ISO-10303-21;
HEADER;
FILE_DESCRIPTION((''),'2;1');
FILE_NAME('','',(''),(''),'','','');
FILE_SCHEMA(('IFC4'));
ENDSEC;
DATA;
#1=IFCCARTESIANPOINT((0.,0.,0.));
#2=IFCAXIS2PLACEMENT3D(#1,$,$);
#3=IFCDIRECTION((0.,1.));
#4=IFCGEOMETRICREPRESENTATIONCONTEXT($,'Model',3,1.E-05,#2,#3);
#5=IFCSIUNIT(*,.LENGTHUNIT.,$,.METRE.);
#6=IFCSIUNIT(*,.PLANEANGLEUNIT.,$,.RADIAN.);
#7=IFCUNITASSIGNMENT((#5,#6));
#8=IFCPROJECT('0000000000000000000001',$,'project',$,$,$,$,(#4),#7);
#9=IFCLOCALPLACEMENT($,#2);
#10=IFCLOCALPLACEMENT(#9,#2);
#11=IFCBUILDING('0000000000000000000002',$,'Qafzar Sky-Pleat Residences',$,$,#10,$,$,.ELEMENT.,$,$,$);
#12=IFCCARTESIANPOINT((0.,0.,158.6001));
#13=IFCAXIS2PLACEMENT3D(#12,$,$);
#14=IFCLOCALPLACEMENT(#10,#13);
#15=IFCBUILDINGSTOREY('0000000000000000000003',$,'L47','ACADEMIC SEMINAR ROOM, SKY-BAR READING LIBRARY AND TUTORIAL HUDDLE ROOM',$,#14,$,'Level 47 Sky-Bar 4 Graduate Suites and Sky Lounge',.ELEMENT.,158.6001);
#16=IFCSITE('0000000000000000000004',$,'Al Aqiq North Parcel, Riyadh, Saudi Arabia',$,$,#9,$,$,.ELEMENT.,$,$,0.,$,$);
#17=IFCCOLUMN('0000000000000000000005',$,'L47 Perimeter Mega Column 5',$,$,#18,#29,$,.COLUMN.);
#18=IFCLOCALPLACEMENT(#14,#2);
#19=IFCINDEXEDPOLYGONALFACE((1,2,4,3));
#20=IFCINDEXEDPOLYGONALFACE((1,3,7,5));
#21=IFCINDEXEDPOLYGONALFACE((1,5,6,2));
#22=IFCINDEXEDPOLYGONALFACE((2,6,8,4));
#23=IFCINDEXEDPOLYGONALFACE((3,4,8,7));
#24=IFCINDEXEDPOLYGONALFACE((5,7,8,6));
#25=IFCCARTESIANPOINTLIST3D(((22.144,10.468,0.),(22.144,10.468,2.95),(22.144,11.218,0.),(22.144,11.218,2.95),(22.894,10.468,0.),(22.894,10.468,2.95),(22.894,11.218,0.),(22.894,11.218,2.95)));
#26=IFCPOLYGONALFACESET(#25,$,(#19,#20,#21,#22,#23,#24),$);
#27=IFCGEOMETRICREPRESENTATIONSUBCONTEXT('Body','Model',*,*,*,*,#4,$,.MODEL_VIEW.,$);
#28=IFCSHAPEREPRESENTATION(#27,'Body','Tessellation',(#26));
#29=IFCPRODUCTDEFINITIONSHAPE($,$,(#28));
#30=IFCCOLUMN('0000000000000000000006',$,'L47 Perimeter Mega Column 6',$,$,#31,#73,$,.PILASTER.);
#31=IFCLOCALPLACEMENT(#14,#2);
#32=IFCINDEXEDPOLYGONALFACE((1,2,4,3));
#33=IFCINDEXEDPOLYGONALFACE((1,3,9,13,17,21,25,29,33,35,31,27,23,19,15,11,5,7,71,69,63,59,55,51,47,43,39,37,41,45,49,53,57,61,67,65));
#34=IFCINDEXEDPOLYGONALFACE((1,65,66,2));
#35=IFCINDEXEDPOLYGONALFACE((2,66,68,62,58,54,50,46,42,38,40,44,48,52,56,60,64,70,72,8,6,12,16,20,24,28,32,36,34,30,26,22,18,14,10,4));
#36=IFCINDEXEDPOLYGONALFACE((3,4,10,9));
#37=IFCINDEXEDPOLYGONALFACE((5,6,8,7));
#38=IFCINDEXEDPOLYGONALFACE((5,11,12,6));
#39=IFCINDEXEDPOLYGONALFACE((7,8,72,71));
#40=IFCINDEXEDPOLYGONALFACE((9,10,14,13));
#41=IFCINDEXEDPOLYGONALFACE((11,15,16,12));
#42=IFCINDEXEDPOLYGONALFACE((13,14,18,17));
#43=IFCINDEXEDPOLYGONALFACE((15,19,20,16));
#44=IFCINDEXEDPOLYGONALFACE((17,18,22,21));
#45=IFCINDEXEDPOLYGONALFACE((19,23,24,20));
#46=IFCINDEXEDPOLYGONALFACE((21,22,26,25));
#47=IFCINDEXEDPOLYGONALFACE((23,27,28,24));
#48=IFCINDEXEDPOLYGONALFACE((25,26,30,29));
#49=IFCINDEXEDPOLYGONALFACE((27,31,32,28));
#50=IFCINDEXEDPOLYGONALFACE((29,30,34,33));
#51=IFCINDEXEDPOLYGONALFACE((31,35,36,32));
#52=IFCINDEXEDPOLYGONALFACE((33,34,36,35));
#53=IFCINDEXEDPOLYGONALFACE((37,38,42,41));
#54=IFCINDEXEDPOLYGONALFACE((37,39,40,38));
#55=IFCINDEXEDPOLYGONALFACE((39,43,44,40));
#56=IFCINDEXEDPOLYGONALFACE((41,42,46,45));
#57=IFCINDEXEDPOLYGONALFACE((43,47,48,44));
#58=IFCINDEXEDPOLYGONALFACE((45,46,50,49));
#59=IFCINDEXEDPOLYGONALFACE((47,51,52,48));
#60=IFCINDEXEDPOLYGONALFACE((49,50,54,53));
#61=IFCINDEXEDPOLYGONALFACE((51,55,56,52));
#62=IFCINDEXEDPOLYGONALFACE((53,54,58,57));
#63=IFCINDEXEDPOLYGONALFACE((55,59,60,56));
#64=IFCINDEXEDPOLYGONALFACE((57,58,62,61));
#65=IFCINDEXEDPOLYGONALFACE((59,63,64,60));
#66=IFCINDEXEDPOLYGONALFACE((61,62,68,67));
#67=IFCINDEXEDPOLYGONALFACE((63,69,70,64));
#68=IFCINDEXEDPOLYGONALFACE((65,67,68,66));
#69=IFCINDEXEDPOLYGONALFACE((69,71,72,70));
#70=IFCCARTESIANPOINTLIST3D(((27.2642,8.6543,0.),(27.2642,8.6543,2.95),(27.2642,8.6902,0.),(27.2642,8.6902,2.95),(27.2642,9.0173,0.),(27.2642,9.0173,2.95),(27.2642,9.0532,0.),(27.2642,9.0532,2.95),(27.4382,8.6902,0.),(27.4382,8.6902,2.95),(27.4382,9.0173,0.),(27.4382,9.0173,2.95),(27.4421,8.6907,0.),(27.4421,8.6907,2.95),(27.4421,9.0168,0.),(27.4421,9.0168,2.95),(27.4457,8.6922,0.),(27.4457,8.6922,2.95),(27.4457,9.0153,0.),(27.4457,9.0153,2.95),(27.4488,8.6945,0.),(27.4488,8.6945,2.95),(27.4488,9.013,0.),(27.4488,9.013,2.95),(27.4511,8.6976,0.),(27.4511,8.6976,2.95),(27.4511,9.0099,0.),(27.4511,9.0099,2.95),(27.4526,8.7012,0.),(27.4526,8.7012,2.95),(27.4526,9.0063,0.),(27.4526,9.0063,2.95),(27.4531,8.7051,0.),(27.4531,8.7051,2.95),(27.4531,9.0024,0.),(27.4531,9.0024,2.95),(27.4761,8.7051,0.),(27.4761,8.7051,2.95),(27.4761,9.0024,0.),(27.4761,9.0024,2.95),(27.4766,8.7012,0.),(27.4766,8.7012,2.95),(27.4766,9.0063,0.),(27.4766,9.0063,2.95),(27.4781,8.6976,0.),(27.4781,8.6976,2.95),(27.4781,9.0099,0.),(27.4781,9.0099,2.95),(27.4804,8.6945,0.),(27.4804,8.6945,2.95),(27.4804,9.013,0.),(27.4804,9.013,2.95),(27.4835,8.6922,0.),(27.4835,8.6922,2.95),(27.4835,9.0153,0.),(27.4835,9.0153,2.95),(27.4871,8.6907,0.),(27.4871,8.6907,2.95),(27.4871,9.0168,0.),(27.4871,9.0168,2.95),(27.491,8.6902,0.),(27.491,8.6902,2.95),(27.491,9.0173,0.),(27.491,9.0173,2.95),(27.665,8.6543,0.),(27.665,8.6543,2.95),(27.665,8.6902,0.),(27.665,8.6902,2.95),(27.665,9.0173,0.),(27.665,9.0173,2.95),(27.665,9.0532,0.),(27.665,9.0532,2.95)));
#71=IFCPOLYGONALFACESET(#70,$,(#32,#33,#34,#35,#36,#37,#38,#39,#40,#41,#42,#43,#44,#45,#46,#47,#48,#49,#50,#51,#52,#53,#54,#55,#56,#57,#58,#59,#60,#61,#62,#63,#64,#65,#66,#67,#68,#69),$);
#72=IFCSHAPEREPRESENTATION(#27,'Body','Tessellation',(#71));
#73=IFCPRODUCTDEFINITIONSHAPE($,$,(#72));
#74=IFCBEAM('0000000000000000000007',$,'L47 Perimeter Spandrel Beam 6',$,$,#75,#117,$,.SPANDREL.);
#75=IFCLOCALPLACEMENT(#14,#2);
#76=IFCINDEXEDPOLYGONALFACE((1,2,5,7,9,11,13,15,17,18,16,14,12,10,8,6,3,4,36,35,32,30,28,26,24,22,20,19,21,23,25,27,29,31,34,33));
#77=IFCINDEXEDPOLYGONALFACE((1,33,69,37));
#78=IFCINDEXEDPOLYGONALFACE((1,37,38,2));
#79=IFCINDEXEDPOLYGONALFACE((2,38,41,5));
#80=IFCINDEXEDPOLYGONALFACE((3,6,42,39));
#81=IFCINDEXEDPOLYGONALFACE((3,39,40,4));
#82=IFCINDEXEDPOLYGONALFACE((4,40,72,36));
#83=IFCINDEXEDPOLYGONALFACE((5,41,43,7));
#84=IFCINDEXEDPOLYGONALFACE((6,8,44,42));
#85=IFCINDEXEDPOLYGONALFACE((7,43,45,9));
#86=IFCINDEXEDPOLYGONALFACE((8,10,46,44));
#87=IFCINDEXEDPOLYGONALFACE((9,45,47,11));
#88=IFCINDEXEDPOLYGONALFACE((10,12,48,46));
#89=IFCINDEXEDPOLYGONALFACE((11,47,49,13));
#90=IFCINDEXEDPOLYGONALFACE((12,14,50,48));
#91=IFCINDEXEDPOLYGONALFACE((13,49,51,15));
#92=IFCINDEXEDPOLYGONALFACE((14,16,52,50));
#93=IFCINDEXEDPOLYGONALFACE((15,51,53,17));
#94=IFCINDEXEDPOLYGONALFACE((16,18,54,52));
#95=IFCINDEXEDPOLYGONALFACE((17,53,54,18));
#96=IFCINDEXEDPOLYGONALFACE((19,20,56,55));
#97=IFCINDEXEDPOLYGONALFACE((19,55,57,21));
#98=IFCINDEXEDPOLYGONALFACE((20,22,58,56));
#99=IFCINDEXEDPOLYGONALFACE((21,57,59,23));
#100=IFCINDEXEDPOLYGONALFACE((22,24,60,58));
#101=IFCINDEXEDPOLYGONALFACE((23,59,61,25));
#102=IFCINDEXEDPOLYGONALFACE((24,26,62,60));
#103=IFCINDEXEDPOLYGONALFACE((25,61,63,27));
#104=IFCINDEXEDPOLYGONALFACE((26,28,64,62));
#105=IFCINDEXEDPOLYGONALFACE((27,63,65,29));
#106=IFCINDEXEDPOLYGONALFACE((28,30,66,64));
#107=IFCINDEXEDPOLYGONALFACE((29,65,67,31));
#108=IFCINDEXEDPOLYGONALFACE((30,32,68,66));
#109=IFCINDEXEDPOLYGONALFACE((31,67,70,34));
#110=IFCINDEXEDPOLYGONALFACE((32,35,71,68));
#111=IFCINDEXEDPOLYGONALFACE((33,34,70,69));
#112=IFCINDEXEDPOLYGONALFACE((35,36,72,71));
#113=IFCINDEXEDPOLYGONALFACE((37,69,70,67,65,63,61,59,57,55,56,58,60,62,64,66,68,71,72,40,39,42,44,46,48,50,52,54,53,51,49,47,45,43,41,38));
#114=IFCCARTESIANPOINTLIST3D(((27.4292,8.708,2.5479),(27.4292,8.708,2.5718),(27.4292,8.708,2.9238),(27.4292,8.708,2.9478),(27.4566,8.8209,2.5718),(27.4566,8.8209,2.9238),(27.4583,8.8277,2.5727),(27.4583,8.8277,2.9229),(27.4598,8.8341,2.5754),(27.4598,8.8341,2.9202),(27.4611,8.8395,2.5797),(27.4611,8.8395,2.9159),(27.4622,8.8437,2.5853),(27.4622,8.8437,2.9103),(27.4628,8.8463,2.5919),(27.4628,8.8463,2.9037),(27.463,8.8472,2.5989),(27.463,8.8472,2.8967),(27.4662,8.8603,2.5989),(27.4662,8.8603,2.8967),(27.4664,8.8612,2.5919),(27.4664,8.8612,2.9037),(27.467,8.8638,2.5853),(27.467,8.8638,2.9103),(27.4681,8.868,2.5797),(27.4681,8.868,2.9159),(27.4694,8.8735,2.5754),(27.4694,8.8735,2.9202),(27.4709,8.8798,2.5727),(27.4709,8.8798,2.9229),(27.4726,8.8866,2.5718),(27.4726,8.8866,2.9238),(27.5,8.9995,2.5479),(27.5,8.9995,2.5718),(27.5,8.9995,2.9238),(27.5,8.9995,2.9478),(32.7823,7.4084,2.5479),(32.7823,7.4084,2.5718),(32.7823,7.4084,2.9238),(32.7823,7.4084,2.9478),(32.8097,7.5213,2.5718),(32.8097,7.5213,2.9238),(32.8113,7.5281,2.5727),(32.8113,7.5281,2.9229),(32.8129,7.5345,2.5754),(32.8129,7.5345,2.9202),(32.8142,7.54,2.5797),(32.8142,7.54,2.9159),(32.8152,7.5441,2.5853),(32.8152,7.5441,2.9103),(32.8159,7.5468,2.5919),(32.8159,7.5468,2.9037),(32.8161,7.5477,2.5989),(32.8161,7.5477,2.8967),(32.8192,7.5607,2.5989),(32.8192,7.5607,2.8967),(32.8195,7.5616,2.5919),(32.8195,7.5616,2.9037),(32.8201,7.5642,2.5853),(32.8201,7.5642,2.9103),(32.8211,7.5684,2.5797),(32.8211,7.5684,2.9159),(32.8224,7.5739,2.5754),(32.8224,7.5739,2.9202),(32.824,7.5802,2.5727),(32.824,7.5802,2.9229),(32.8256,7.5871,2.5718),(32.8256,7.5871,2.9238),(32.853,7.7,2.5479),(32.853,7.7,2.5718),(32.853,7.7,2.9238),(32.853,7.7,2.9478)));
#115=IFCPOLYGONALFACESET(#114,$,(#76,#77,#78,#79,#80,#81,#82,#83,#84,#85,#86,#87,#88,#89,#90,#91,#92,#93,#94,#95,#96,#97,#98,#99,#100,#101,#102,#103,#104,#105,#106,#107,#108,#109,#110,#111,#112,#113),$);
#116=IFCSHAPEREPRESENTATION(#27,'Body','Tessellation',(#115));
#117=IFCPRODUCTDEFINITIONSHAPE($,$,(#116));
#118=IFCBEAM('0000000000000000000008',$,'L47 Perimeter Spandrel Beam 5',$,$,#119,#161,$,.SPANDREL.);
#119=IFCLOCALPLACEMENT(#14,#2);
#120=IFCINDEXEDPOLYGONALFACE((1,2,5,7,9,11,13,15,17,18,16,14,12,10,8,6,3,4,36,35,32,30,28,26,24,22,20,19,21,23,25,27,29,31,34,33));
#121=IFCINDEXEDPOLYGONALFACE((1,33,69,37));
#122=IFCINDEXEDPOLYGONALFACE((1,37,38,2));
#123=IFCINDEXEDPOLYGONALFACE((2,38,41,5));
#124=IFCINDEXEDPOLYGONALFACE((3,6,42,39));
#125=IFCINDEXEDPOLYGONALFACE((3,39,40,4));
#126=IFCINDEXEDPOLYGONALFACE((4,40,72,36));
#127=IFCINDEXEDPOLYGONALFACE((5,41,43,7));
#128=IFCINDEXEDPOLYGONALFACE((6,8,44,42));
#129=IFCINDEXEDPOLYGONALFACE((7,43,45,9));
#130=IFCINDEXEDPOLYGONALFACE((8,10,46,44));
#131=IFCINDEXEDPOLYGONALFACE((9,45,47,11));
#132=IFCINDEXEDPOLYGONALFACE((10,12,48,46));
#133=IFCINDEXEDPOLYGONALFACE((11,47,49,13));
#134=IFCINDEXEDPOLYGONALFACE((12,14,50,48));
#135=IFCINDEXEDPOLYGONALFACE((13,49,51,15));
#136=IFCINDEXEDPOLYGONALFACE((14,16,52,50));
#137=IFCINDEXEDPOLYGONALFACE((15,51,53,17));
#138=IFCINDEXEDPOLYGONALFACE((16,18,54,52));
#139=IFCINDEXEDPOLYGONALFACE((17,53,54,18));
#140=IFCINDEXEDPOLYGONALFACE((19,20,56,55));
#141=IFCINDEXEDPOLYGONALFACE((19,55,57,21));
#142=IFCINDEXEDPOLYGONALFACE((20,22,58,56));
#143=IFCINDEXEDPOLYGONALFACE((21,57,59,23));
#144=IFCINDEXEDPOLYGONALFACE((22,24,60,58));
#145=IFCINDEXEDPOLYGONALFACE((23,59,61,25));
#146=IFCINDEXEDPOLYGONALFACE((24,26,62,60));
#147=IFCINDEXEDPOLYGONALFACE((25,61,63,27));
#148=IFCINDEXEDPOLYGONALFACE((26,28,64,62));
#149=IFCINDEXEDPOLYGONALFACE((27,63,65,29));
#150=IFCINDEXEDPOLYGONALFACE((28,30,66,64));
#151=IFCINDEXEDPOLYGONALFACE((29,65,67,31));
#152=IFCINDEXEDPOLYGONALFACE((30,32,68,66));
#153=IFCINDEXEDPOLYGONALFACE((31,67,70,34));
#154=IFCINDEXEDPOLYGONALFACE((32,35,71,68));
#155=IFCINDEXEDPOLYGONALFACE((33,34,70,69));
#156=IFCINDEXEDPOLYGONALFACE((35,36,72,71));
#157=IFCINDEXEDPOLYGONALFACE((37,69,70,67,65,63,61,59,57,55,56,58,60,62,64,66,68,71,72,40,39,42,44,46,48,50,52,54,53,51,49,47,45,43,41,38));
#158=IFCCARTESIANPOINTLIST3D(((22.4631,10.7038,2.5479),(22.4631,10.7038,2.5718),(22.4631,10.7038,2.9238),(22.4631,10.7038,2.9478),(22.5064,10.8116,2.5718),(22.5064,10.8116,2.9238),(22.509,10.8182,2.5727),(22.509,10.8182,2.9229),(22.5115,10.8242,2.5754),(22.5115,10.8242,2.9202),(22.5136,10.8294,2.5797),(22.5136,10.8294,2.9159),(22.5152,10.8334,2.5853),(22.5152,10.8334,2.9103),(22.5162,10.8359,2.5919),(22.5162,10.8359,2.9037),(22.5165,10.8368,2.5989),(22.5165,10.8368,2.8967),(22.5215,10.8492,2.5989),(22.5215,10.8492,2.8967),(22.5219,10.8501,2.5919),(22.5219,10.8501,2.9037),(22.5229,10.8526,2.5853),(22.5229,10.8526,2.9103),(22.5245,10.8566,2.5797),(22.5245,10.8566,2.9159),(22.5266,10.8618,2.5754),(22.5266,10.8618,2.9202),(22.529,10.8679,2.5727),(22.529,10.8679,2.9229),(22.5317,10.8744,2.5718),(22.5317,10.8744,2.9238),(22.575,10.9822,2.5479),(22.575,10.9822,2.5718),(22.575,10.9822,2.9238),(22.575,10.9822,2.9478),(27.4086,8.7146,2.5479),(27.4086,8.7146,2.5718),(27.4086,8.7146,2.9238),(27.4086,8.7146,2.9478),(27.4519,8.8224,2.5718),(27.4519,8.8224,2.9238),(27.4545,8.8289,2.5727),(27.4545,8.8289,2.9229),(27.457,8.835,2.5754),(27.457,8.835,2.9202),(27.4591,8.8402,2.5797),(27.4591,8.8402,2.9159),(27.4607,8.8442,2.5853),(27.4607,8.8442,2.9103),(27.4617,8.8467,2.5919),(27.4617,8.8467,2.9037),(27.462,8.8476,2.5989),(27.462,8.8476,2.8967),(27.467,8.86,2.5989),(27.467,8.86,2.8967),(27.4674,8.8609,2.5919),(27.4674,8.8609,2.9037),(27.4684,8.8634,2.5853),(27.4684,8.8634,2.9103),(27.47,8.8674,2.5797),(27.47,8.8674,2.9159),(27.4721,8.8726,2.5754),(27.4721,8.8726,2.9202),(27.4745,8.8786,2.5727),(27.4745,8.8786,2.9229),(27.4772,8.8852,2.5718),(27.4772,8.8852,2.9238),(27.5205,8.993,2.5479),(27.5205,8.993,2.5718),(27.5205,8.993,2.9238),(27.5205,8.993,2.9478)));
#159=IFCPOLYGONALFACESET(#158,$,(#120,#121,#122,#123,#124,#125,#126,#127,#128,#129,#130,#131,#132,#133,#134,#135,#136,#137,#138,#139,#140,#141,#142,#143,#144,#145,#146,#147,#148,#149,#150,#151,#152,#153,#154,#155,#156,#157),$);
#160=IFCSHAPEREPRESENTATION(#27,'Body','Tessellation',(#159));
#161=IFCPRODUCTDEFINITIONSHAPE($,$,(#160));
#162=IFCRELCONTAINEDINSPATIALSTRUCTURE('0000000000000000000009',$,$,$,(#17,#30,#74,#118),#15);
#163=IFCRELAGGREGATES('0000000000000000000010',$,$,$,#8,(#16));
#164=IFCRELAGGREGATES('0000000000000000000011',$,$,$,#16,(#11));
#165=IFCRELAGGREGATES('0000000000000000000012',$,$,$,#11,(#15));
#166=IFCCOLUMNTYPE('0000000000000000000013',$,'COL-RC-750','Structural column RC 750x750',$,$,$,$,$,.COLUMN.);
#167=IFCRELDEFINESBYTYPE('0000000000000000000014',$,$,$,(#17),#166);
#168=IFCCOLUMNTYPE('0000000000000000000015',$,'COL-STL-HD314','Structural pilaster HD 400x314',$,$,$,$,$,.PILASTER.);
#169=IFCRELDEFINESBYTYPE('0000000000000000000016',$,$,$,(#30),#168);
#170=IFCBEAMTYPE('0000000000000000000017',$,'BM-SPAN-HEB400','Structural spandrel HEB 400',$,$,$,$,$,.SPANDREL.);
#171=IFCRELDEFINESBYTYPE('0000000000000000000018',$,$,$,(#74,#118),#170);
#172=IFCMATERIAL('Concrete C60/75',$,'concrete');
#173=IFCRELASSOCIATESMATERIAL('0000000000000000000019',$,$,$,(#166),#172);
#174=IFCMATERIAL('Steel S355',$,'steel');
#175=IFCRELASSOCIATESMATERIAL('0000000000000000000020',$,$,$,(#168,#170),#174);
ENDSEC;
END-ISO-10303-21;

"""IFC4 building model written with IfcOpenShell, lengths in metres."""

from ifc_helpers import new_model, si_unit, direction, frame, origin, origin_2d, place, context, subcontext, project, spatial, rectangle, i_section, extrude, source, transform, mapped, material, material_profile, profile_set, type_object, element, save


model = new_model("IFC4")

# Units and contexts
model_context = context("Model", 3, precision=1e-05, world=origin(), true_north=direction((0.0, 1.0)))
body_context = subcontext(model_context, "Body", "Model", "MODEL_VIEW")
ifc_project = project(units=[si_unit("LENGTHUNIT", "METRE"), si_unit("PLANEANGLEUNIT", "RADIAN")], contexts=[model_context])

# Site, building, storey
site_placement = place(None, origin())
site = spatial("IfcSite", under=ifc_project, at=site_placement, Name="Al Aqiq North Parcel, Riyadh, Saudi Arabia", CompositionType="ELEMENT", RefElevation=0.0)
building_placement = place(site_placement, origin())
building = spatial("IfcBuilding", under=site, at=building_placement, Name="Qafzar Sky-Pleat Residences", CompositionType="ELEMENT")
storey_placement = place(building_placement, frame((0.0, 0.0, 158.6001)))
storey = spatial("IfcBuildingStorey", under=building, at=storey_placement, Name="L47", Description="ACADEMIC SEMINAR ROOM, SKY-BAR READING LIBRARY AND TUTORIAL HUDDLE ROOM", LongName="Level 47 Sky-Bar 4 Graduate Suites and Sky Lounge", CompositionType="ELEMENT", Elevation=158.6001)

# Columns
ifc_material_1 = material(Name="Concrete C60/75", Category="concrete")
ifc_material_profile_1 = material_profile(ifc_material_1, rectangle(XDim=0.75, YDim=0.75, at=origin_2d()), Name="RC 750x750")
ifc_profile_set_1 = profile_set([ifc_material_profile_1], Name="Concrete C60/75")
column_type_1 = type_object("IfcColumnType", Name="COL-RC-750", Description="Structural column RC 750x750", PredefinedType="COLUMN", material=ifc_profile_set_1)
shared_shape_1 = source(origin(), body_context, "Body", "SweptSolid", [
    extrude(rectangle(XDim=0.75, YDim=0.75, at=origin_2d()), origin(), (0.0, 0.0, 1.0), 2.95),
])
column_1_placement = place(storey_placement, frame((22.519, 10.843, 0.0), z_axis=(0.0, 0.0, 1.0), x_axis=(1.0, 0.0, 0.0)))
element("IfcColumn", 1, at=column_1_placement, inside=storey, type_object=column_type_1, Name="L47 Perimeter Mega Column 5", PredefinedType="COLUMN", context=body_context, shape_type="MappedRepresentation", body=[
    mapped(shared_shape_1, transform((0.0, 0.0, 0.0), x_axis=(1.0, 0.0, 0.0), y_axis=(0.0, 1.0, 0.0), z_axis=(0.0, 0.0, 1.0), scale=1.0)),
])
ifc_material_2 = material(Name="Steel S355", Category="steel")
ifc_material_profile_2 = material_profile(ifc_material_2, i_section(OverallWidth=0.4009, OverallDepth=0.3989, WebThickness=0.0229, FlangeThickness=0.0359, FilletRadius=0.0149, at=origin_2d()), Name="HD 400x314")
ifc_profile_set_2 = profile_set([ifc_material_profile_2], Name="Steel S355")
column_type_2 = type_object("IfcColumnType", Name="COL-STL-HD314", Description="Structural pilaster HD 400x314", PredefinedType="PILASTER", material=ifc_profile_set_2)
shared_shape_2 = source(origin(), body_context, "Body", "SweptSolid", [
    extrude(i_section(OverallWidth=0.4009, OverallDepth=0.3989, WebThickness=0.0229, FlangeThickness=0.0359, FilletRadius=0.0149, at=origin_2d()), origin(), (0.0, 0.0, 1.0), 2.95),
])
column_2_placement = place(storey_placement, frame((27.4646, 8.8538, 0.0), z_axis=(0.0, 0.0, 1.0), x_axis=(1.0, 0.0, 0.0)))
element("IfcColumn", 2, at=column_2_placement, inside=storey, type_object=column_type_2, Name="L47 Perimeter Mega Column 6", PredefinedType="PILASTER", context=body_context, shape_type="MappedRepresentation", body=[
    mapped(shared_shape_2, transform((0.0, 0.0, 0.0), x_axis=(1.0, 0.0, 0.0), y_axis=(0.0, 1.0, 0.0), z_axis=(0.0, 0.0, 1.0), scale=1.0)),
])

# Beams
ifc_material_profile_3 = material_profile(ifc_material_2, i_section(OverallWidth=0.3, OverallDepth=0.3999, WebThickness=0.0134, FlangeThickness=0.0239, FilletRadius=0.0271, at=origin_2d()), Name="HEB 400")
ifc_profile_set_3 = profile_set([ifc_material_profile_3], Name="Steel S355")
beam_type_1 = type_object("IfcBeamType", Name="BM-SPAN-HEB400", Description="Structural spandrel HEB 400", PredefinedType="SPANDREL", material=ifc_profile_set_3)
shared_shape_3 = source(origin(), body_context, "Body", "SweptSolid", [
    extrude(i_section(OverallWidth=0.3, OverallDepth=0.3999, WebThickness=0.0134, FlangeThickness=0.0239, FilletRadius=0.0271, at=origin_2d()), origin(), (0.0, 0.0, 1.0), 5.5085),
])
beam_1_placement = place(storey_placement, frame((27.4646, 8.8538, 2.7478), z_axis=(0.971773, -0.235918, 0.0), x_axis=(0.235918, 0.971773, 0.0)))
element("IfcBeam", 3, at=beam_1_placement, inside=storey, type_object=beam_type_1, Name="L47 Perimeter Spandrel Beam 6", PredefinedType="SPANDREL", context=body_context, shape_type="MappedRepresentation", body=[
    mapped(shared_shape_3, transform((0.0, 0.0, 0.0), x_axis=(1.0, 0.0, 0.0), y_axis=(0.0, 1.0, 0.0), z_axis=(0.0, 0.0, 1.0), scale=1.0)),
])
shared_shape_4 = source(origin(), body_context, "Body", "SweptSolid", [
    extrude(i_section(OverallWidth=0.3, OverallDepth=0.3999, WebThickness=0.0134, FlangeThickness=0.0239, FilletRadius=0.0271, at=origin_2d()), origin(), (0.0, 0.0, 1.0), 5.3306),
])
beam_2_placement = place(storey_placement, frame((22.519, 10.843, 2.7478), z_axis=(0.927761, -0.373175, 0.0), x_axis=(0.373175, 0.927761, 0.0)))
element("IfcBeam", 4, at=beam_2_placement, inside=storey, type_object=beam_type_1, Name="L47 Perimeter Spandrel Beam 5", PredefinedType="SPANDREL", context=body_context, shape_type="MappedRepresentation", body=[
    mapped(shared_shape_4, transform((0.0, 0.0, 0.0), x_axis=(1.0, 0.0, 0.0), y_axis=(0.0, 1.0, 0.0), z_axis=(0.0, 0.0, 1.0), scale=1.0)),
])

save(model, "model.ifc")
